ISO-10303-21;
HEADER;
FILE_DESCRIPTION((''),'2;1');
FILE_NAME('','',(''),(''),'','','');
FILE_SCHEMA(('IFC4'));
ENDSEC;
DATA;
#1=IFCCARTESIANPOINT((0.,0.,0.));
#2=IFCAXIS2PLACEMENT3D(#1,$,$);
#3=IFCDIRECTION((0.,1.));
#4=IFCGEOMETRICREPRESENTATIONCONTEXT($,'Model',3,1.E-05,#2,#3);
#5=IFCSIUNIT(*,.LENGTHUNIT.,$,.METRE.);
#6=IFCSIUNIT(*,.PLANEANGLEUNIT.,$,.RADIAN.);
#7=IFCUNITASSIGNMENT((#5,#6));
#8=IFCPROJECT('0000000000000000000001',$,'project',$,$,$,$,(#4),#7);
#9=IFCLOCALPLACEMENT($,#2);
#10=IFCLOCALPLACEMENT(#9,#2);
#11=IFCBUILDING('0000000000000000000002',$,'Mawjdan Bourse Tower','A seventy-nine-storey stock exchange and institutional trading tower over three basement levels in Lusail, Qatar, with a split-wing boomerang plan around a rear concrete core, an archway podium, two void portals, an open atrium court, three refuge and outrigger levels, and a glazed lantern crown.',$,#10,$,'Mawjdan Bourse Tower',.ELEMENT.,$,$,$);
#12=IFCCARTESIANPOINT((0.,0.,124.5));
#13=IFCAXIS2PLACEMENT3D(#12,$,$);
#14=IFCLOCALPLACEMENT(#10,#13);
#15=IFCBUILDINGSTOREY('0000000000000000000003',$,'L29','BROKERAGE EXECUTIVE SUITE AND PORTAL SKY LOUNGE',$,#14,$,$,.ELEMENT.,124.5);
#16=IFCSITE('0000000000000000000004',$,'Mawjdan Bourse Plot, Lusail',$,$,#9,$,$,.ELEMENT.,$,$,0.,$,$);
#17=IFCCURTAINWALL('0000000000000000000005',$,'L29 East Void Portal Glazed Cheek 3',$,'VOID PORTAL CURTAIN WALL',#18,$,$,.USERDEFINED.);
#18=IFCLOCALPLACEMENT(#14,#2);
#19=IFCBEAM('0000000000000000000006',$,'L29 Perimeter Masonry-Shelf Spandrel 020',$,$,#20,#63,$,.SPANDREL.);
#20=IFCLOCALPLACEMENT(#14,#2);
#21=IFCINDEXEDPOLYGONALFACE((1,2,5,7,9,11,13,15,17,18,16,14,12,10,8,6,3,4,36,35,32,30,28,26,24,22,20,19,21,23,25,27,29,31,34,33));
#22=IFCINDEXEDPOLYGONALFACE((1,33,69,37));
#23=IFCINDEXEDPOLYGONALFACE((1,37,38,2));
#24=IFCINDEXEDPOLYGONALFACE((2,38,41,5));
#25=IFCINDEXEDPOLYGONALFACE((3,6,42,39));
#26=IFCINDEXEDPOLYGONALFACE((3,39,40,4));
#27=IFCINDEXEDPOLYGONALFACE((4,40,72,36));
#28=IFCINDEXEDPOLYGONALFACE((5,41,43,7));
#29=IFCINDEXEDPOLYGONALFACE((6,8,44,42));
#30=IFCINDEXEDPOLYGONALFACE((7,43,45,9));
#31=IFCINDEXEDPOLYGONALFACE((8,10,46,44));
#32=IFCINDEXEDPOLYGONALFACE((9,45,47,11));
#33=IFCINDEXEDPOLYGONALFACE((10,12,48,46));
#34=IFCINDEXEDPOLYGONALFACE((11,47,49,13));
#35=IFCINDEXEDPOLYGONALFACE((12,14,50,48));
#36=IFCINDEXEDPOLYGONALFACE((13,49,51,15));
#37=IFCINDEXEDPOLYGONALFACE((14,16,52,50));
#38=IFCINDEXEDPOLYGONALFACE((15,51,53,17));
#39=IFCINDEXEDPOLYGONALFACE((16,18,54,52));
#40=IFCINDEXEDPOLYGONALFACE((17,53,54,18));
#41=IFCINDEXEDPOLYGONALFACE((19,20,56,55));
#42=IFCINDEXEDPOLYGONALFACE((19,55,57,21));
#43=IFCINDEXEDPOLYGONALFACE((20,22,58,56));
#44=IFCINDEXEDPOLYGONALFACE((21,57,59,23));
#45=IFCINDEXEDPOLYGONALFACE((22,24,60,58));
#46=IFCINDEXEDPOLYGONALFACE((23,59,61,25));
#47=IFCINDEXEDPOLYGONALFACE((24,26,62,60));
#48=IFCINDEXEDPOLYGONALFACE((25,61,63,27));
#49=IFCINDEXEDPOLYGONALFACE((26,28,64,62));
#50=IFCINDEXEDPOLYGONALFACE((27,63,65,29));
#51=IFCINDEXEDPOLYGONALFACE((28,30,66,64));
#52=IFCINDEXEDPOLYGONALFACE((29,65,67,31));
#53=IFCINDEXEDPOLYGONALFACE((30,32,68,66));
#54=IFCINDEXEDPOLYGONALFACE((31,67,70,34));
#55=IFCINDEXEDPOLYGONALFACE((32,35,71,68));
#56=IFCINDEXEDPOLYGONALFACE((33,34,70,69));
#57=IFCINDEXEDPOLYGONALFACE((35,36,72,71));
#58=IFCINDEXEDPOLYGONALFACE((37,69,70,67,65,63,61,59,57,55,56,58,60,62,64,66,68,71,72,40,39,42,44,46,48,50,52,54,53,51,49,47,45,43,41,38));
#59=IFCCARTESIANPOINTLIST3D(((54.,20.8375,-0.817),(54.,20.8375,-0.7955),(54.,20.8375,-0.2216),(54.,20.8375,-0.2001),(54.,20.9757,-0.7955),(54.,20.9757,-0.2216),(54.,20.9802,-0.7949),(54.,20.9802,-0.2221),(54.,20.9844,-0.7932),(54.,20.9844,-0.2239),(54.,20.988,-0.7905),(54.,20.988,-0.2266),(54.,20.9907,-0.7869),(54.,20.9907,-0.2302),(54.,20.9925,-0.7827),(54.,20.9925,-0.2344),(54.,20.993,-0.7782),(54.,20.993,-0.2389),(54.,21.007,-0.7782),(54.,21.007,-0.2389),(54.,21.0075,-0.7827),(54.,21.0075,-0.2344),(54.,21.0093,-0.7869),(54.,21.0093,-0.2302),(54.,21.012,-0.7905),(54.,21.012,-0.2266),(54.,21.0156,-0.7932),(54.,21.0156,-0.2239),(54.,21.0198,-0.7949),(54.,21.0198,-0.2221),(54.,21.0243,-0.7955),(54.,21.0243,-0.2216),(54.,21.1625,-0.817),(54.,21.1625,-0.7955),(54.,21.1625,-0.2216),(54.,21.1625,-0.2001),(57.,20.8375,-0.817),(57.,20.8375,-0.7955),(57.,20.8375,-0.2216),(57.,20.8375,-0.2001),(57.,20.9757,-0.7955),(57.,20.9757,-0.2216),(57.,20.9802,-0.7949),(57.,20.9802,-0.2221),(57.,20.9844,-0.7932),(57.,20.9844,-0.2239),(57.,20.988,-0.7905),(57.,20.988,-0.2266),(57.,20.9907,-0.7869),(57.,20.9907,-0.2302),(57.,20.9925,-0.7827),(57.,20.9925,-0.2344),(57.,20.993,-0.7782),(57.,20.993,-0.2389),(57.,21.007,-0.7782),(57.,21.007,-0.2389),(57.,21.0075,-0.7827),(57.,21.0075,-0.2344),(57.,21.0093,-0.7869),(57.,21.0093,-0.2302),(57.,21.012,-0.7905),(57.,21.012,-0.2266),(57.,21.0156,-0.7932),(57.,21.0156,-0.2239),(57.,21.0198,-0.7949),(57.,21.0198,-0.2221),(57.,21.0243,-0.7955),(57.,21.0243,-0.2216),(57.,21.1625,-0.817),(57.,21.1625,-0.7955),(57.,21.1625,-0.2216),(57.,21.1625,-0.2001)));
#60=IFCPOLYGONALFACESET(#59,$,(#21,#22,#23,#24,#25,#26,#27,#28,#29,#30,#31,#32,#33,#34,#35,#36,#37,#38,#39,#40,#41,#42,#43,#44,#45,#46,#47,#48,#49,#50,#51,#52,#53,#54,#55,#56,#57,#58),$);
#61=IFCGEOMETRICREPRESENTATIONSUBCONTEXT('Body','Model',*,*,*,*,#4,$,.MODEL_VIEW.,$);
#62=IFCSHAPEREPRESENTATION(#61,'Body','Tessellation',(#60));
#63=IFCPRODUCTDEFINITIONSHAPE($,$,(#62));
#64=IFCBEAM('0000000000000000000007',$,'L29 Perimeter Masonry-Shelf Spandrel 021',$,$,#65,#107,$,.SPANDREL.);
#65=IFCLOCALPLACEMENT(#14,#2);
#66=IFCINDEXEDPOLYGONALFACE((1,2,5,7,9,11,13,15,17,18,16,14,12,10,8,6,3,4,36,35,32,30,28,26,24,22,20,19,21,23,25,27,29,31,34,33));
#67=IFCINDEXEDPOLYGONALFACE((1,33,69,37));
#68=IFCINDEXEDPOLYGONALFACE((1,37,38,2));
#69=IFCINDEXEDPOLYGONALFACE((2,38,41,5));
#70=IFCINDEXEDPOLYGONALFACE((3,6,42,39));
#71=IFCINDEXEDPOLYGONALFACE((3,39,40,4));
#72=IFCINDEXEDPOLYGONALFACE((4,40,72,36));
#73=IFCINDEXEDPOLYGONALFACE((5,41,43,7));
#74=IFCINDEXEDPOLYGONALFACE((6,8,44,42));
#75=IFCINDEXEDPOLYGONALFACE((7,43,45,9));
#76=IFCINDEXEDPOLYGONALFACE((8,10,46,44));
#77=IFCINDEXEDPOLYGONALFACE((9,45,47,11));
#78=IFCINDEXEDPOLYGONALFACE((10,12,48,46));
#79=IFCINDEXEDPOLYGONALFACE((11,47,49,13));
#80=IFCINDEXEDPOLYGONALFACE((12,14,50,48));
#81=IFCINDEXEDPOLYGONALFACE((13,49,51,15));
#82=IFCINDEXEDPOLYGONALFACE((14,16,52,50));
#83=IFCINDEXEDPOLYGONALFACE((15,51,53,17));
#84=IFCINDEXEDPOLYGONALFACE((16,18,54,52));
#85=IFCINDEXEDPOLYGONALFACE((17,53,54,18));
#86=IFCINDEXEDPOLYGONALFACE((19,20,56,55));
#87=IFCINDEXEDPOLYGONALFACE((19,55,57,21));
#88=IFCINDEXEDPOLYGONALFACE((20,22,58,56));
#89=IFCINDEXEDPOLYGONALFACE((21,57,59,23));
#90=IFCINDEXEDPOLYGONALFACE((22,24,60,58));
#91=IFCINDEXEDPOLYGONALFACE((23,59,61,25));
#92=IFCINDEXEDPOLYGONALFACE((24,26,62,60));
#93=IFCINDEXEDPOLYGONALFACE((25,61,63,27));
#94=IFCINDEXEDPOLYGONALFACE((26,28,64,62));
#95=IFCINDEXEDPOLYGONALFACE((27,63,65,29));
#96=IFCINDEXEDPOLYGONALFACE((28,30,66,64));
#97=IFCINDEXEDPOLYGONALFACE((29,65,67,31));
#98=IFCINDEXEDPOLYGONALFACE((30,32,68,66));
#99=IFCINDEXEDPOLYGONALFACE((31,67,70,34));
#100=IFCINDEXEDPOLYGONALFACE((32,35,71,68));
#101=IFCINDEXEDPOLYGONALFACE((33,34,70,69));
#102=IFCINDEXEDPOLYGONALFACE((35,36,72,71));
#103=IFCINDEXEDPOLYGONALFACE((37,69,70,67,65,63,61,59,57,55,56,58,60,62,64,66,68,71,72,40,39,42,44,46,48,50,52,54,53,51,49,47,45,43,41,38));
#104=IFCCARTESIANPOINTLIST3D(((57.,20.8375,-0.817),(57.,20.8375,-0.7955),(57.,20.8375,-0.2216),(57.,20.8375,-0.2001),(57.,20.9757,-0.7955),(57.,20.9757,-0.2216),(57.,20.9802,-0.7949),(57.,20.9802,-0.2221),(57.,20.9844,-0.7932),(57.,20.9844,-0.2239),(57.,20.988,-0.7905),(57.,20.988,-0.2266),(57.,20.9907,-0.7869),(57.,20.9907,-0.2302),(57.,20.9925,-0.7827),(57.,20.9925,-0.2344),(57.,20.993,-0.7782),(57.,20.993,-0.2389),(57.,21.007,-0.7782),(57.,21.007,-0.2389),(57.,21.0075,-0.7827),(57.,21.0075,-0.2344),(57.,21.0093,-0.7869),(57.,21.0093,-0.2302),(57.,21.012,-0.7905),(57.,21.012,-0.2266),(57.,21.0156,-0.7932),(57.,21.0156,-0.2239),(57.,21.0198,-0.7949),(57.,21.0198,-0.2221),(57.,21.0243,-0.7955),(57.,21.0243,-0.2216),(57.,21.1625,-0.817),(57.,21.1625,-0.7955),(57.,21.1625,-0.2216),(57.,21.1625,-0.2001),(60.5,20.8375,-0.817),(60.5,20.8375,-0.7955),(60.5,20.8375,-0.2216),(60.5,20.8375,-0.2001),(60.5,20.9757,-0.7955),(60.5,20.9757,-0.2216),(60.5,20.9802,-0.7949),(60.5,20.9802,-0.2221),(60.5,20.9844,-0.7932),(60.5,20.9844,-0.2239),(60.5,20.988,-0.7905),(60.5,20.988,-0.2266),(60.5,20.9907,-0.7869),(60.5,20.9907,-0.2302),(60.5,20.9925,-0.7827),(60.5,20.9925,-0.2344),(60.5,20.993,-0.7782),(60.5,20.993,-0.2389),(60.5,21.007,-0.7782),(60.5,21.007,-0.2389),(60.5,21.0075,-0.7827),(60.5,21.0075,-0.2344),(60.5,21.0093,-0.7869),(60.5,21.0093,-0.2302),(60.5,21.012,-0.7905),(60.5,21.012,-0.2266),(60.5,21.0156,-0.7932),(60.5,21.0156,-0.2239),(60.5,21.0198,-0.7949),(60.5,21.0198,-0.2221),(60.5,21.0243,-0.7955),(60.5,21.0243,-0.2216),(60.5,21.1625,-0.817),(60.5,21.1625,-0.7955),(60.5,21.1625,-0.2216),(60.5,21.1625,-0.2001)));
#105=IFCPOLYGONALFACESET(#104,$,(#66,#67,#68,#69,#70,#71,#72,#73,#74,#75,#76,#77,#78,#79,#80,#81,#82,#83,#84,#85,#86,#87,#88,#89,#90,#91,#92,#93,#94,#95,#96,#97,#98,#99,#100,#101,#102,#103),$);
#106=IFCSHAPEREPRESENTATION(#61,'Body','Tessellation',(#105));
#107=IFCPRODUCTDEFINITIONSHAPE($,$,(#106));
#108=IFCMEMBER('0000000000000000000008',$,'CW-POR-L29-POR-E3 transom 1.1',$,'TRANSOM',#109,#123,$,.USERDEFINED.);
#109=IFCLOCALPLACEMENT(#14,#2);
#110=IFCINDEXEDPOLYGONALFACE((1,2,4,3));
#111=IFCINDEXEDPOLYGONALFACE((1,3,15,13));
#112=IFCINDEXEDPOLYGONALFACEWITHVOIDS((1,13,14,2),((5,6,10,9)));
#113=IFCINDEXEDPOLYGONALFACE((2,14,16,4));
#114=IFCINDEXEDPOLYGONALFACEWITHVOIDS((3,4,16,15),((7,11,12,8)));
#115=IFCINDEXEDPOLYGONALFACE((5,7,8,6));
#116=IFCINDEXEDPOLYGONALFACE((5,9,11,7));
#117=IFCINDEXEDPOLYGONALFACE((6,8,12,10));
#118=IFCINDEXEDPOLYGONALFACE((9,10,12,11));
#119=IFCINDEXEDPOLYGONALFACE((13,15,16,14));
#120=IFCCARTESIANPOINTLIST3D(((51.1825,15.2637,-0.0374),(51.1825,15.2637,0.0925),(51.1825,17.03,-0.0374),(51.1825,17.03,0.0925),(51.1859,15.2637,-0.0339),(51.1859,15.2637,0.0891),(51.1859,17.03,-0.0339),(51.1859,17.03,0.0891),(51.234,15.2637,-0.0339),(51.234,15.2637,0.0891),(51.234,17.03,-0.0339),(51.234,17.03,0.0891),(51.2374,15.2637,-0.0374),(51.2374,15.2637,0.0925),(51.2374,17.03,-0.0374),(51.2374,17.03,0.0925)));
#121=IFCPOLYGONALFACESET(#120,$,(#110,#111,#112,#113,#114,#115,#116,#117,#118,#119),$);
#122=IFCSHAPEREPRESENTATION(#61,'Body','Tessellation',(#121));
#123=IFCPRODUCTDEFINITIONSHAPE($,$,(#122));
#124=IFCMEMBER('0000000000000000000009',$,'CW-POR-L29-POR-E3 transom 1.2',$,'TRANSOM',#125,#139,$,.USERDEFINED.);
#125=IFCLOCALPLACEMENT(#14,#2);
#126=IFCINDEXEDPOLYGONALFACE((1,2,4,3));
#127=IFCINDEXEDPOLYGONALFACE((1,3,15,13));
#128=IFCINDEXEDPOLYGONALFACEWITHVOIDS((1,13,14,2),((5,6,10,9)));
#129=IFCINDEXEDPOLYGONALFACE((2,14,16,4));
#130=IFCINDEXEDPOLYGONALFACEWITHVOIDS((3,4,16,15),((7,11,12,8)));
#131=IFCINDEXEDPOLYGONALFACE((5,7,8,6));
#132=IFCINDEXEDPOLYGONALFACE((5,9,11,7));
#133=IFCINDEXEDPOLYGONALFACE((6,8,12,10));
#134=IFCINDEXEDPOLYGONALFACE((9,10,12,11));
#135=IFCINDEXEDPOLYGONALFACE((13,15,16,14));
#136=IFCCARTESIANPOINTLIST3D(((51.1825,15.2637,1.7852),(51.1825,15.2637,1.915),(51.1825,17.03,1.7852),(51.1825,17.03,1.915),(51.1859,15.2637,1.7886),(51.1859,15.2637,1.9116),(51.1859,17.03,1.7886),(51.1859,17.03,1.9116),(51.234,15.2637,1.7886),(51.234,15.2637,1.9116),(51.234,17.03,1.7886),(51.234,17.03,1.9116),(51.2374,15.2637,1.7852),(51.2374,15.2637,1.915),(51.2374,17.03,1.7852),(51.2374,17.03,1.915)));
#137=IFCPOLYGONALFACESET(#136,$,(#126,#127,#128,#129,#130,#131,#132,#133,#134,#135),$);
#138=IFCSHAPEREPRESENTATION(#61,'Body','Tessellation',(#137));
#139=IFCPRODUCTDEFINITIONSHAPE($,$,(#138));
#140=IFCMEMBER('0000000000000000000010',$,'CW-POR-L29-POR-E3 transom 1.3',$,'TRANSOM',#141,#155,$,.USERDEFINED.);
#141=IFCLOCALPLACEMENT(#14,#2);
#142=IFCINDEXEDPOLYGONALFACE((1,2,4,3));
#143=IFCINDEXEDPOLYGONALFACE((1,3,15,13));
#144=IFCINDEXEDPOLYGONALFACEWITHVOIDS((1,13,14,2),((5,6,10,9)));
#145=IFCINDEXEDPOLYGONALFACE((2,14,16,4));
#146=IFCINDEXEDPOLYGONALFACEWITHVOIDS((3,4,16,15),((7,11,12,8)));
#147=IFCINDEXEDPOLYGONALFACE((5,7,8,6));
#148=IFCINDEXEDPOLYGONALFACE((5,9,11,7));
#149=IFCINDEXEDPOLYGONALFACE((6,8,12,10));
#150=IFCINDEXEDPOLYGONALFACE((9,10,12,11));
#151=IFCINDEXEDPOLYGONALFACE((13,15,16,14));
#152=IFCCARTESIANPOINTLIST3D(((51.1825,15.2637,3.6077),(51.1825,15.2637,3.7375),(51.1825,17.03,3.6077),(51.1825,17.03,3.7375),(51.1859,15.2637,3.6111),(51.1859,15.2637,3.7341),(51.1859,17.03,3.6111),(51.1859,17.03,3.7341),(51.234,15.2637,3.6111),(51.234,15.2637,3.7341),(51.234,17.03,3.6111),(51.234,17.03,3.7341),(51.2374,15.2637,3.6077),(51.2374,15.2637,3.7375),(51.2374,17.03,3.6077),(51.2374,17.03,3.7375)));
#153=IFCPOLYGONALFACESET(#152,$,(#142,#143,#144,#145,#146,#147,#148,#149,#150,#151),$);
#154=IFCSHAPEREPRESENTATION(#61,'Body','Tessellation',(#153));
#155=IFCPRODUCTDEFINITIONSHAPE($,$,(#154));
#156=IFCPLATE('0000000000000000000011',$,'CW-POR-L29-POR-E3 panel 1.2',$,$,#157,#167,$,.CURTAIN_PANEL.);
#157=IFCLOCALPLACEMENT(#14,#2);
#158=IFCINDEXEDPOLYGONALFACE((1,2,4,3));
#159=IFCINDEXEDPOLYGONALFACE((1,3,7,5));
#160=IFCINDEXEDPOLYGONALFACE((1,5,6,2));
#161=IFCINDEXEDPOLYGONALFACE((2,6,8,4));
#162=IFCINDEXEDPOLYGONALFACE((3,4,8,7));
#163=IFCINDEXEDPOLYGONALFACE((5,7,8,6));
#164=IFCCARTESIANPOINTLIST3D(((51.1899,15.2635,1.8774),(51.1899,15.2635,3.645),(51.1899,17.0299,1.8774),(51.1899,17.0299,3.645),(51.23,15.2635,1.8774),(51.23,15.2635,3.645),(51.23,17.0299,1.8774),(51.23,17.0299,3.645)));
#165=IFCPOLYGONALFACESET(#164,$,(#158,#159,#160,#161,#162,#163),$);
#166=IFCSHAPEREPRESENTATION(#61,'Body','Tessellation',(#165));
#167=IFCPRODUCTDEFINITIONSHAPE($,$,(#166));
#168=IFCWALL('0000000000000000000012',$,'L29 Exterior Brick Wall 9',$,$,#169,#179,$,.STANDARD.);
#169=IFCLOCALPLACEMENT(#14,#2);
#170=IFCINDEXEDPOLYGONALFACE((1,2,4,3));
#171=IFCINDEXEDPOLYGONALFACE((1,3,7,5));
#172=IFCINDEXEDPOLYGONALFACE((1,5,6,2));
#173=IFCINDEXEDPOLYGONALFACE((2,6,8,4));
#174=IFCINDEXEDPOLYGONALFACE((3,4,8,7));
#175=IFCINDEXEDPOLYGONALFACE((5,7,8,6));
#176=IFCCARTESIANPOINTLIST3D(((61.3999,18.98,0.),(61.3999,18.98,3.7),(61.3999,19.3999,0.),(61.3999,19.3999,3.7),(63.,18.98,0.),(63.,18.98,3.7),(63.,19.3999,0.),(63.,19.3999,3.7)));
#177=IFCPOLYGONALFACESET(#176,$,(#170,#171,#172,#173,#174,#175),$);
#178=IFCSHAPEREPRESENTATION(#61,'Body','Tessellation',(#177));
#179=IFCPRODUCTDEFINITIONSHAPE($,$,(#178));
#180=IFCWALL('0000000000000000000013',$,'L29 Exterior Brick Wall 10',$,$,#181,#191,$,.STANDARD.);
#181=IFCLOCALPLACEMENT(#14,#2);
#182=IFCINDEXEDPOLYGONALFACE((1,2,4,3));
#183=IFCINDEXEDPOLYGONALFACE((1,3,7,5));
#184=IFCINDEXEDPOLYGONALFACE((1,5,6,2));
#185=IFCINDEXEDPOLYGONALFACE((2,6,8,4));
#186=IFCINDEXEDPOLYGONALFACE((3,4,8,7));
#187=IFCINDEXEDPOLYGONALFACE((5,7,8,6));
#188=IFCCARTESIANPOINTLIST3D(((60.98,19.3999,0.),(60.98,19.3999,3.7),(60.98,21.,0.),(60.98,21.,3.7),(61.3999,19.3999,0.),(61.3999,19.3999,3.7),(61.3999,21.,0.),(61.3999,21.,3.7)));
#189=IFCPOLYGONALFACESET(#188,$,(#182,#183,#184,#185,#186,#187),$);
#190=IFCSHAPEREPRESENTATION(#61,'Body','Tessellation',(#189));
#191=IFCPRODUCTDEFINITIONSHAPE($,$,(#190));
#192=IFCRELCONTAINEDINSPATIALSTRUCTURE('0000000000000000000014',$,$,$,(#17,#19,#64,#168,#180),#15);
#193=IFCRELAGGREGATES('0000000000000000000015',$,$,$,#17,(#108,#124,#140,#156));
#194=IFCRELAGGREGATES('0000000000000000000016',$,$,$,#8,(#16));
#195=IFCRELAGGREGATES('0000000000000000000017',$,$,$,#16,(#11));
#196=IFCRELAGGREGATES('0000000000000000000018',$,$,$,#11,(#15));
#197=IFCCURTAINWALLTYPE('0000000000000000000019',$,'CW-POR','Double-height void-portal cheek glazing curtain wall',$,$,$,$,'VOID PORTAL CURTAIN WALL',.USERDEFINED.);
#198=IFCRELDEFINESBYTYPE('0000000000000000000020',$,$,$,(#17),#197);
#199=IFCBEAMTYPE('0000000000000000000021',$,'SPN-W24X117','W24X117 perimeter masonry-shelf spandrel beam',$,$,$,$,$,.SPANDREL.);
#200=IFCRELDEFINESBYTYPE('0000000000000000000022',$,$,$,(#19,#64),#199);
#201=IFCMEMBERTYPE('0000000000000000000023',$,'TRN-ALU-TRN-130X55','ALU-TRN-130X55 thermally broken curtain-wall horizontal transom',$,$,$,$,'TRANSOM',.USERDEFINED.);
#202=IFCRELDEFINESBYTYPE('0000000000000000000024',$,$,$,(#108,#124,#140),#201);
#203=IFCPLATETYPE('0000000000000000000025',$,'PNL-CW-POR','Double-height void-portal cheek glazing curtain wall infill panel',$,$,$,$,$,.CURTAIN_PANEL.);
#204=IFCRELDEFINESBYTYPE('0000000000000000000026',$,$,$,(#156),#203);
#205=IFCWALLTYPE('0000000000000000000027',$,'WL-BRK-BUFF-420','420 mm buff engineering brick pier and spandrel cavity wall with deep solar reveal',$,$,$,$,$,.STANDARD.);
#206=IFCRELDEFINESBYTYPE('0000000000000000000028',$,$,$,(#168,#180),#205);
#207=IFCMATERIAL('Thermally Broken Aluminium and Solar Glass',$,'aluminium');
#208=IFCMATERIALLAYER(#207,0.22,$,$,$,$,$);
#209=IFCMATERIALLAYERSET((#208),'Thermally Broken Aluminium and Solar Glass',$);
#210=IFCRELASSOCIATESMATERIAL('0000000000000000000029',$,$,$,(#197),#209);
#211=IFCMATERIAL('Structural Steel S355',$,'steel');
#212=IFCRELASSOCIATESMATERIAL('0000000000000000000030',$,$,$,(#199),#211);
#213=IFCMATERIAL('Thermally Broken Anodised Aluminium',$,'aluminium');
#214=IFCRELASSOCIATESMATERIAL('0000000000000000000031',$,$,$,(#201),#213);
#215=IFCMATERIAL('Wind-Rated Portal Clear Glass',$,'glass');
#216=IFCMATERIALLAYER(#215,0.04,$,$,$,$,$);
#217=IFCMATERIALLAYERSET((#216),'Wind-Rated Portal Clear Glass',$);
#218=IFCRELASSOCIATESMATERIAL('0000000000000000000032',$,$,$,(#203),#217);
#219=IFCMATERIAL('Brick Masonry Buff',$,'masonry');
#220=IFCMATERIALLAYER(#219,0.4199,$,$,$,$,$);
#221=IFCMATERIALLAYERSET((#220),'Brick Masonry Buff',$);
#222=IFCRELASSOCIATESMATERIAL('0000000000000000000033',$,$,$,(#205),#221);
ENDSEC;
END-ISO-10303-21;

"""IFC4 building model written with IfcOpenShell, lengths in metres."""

from ifc_helpers import new_model, si_unit, direction, frame, frame_2d, origin, origin_2d, place, context, subcontext, project, spatial, rectangle, hollow_rectangle, i_section, extrude, material, layer, layer_set, material_profile, profile_set, type_object, element, aggregate, save


model = new_model("IFC4")

# Units and contexts
model_context = context("Model", 3, precision=1e-05, world=origin(), true_north=direction((0.0, 1.0)))
body_context = subcontext(model_context, "Body", "Model", "MODEL_VIEW")
ifc_project = project(units=[si_unit("LENGTHUNIT", "METRE"), si_unit("PLANEANGLEUNIT", "RADIAN")], contexts=[model_context])

# Site, building, storey
site_placement = place(None, origin())
site = spatial("IfcSite", under=ifc_project, at=site_placement, Name="Mawjdan Bourse Plot, Lusail", CompositionType="ELEMENT", RefElevation=0.0)
building_placement = place(site_placement, origin())
building = spatial("IfcBuilding", under=site, at=building_placement, Name="Mawjdan Bourse Tower", Description="A seventy-nine-storey stock exchange and institutional trading tower over three basement levels in Lusail, Qatar, with a split-wing boomerang plan around a rear concrete core, an archway podium, two void portals, an open atrium court, three refuge and outrigger levels, and a glazed lantern crown.", LongName="Mawjdan Bourse Tower", CompositionType="ELEMENT")
storey_placement = place(building_placement, frame((0.0, 0.0, 124.5)))
storey = spatial("IfcBuildingStorey", under=building, at=storey_placement, Name="L29", Description="BROKERAGE EXECUTIVE SUITE AND PORTAL SKY LOUNGE", CompositionType="ELEMENT", Elevation=124.5)

# Shared definitions
ifc_material_1 = material(Name="Structural Steel S355", Category="steel")

# Curtain wall
ifc_material_2 = material(Name="Thermally Broken Aluminium and Solar Glass", Category="aluminium")
ifc_layer_1 = layer(ifc_material_2, 0.22)
ifc_layer_set_1 = layer_set([ifc_layer_1], Name="Thermally Broken Aluminium and Solar Glass")
curtain_wall_type = type_object("IfcCurtainWallType", Name="CW-POR", Description="Double-height void-portal cheek glazing curtain wall", ElementType="VOID PORTAL CURTAIN WALL", PredefinedType="USERDEFINED", material=ifc_layer_set_1)
curtain_wall_placement = place(storey_placement, origin())
curtain_wall = element("IfcCurtainWall", 1, at=curtain_wall_placement, inside=storey, type_object=curtain_wall_type, Name="L29 East Void Portal Glazed Cheek 3", ObjectType="VOID PORTAL CURTAIN WALL", PredefinedType="USERDEFINED")
ifc_material_3 = material(Name="Thermally Broken Anodised Aluminium", Category="aluminium")

# Beams
ifc_material_profile_1 = material_profile(ifc_material_1, i_section(OverallWidth=0.325, OverallDepth=0.6169, WebThickness=0.0139, FlangeThickness=0.0215, FilletRadius=0.0173, at=origin_2d()), Name="W24X117")
ifc_profile_set_1 = profile_set([ifc_material_profile_1], Name="Structural Steel S355")
beam_type_1 = type_object("IfcBeamType", Name="SPN-W24X117", Description="W24X117 perimeter masonry-shelf spandrel beam", PredefinedType="SPANDREL", material=ifc_profile_set_1)
beam_1_placement = place(storey_placement, frame((54.0, 21.0, -0.5085), z_axis=(1.0, 0.0, 0.0), x_axis=(0.0, 1.0, 0.0)))
element("IfcBeam", 2, at=beam_1_placement, inside=storey, type_object=beam_type_1, Name="L29 Perimeter Masonry-Shelf Spandrel 020", PredefinedType="SPANDREL", context=body_context, shape_type="SweptSolid", body=[
    extrude(i_section(OverallWidth=0.325, OverallDepth=0.6169, WebThickness=0.0139, FlangeThickness=0.0215, FilletRadius=0.0173, at=origin_2d()), origin(), (0.0, 0.0, 1.0), 3.0),
])
beam_2_placement = place(storey_placement, frame((57.0, 21.0, -0.5085), z_axis=(1.0, 0.0, 0.0), x_axis=(0.0, 1.0, 0.0)))
element("IfcBeam", 3, at=beam_2_placement, inside=storey, type_object=beam_type_1, Name="L29 Perimeter Masonry-Shelf Spandrel 021", PredefinedType="SPANDREL", context=body_context, shape_type="SweptSolid", body=[
    extrude(i_section(OverallWidth=0.325, OverallDepth=0.6169, WebThickness=0.0139, FlangeThickness=0.0215, FilletRadius=0.0173, at=origin_2d()), origin(), (0.0, 0.0, 1.0), 3.5),
])

# Members
ifc_material_profile_2 = material_profile(ifc_material_3, hollow_rectangle(XDim=0.0549, YDim=0.1299, WallThickness=0.0034, at=origin_2d()), Name="ALU-TRN-130X55")
ifc_profile_set_2 = profile_set([ifc_material_profile_2], Name="Thermally Broken Anodised Aluminium")
member_type_1 = type_object("IfcMemberType", Name="TRN-ALU-TRN-130X55", Description="ALU-TRN-130X55 thermally broken curtain-wall horizontal transom", ElementType="TRANSOM", PredefinedType="USERDEFINED", material=ifc_profile_set_2)
member_1_placement = place(storey_placement, frame((51.21, 17.03, 0.0276), z_axis=(0.0, -1.0, 0.0), x_axis=(1.0, 0.0, 0.0)))
member_1 = element("IfcMember", 4, at=member_1_placement, type_object=member_type_1, Name="CW-POR-L29-POR-E3 transom 1.1", ObjectType="TRANSOM", PredefinedType="USERDEFINED", context=body_context, shape_type="SweptSolid", body=[
    extrude(hollow_rectangle(XDim=0.0549, YDim=0.1299, WallThickness=0.0034, at=origin_2d()), origin(), (0.0, 0.0, 1.0), 1.7664),
])
member_2_placement = place(storey_placement, frame((51.21, 17.03, 1.8501), z_axis=(0.0, -1.0, 0.0), x_axis=(1.0, 0.0, 0.0)))
member_2 = element("IfcMember", 5, at=member_2_placement, type_object=member_type_1, Name="CW-POR-L29-POR-E3 transom 1.2", ObjectType="TRANSOM", PredefinedType="USERDEFINED", context=body_context, shape_type="SweptSolid", body=[
    extrude(hollow_rectangle(XDim=0.0549, YDim=0.1299, WallThickness=0.0034, at=origin_2d()), origin(), (0.0, 0.0, 1.0), 1.7664),
])
member_3_placement = place(storey_placement, frame((51.21, 17.03, 3.6726), z_axis=(0.0, -1.0, 0.0), x_axis=(1.0, 0.0, 0.0)))
member_3 = element("IfcMember", 6, at=member_3_placement, type_object=member_type_1, Name="CW-POR-L29-POR-E3 transom 1.3", ObjectType="TRANSOM", PredefinedType="USERDEFINED", context=body_context, shape_type="SweptSolid", body=[
    extrude(hollow_rectangle(XDim=0.0549, YDim=0.1299, WallThickness=0.0034, at=origin_2d()), origin(), (0.0, 0.0, 1.0), 1.7664),
])

# Plate
ifc_material_4 = material(Name="Wind-Rated Portal Clear Glass", Category="glass")
ifc_layer_2 = layer(ifc_material_4, 0.04)
ifc_layer_set_2 = layer_set([ifc_layer_2], Name="Wind-Rated Portal Clear Glass")
plate_type = type_object("IfcPlateType", Name="PNL-CW-POR", Description="Double-height void-portal cheek glazing curtain wall infill panel", PredefinedType="CURTAIN_PANEL", material=ifc_layer_set_2)
plate_placement = place(storey_placement, frame((51.21, 16.1467, 1.8774), z_axis=(0.0, 0.0, 1.0), x_axis=(0.0, -1.0, 0.0)))
plate = element("IfcPlate", 7, at=plate_placement, type_object=plate_type, Name="CW-POR-L29-POR-E3 panel 1.2", PredefinedType="CURTAIN_PANEL", context=body_context, shape_type="SweptSolid", body=[
    extrude(rectangle(XDim=1.7664, YDim=0.04, at=origin_2d()), origin(), (0.0, 0.0, 1.0), 1.7676),
])
aggregate(curtain_wall, [member_1, member_2, member_3, plate])

# Walls
ifc_material_5 = material(Name="Brick Masonry Buff", Category="masonry")
ifc_layer_3 = layer(ifc_material_5, 0.4199)
ifc_layer_set_3 = layer_set([ifc_layer_3], Name="Brick Masonry Buff")
wall_type_1 = type_object("IfcWallType", Name="WL-BRK-BUFF-420", Description="420 mm buff engineering brick pier and spandrel cavity wall with deep solar reveal", PredefinedType="STANDARD", material=ifc_layer_set_3)
for number, where, z_axis, x_axis, name in (
    (8, (63.0, 19.1899, 0.0), (0.0, 0.0, 1.0), (-1.0, 0.0, 0.0), "L29 Exterior Brick Wall 9"),
    (9, (61.1899, 19.3999, 0.0), (0.0, 0.0, 1.0), (0.0, 1.0, 0.0), "L29 Exterior Brick Wall 10"),
):
    element("IfcWall", number, at=place(storey_placement, frame(where, z_axis=z_axis, x_axis=x_axis)), inside=storey, type_object=wall_type_1, Name=name, PredefinedType="STANDARD", context=body_context, shape_type="SweptSolid", body=[
        extrude(rectangle(XDim=1.6001, YDim=0.4199, at=frame_2d((0.8, 0.0))), origin(), (0.0, 0.0, 1.0), 3.7),
    ])

save(model, "model.ifc")
